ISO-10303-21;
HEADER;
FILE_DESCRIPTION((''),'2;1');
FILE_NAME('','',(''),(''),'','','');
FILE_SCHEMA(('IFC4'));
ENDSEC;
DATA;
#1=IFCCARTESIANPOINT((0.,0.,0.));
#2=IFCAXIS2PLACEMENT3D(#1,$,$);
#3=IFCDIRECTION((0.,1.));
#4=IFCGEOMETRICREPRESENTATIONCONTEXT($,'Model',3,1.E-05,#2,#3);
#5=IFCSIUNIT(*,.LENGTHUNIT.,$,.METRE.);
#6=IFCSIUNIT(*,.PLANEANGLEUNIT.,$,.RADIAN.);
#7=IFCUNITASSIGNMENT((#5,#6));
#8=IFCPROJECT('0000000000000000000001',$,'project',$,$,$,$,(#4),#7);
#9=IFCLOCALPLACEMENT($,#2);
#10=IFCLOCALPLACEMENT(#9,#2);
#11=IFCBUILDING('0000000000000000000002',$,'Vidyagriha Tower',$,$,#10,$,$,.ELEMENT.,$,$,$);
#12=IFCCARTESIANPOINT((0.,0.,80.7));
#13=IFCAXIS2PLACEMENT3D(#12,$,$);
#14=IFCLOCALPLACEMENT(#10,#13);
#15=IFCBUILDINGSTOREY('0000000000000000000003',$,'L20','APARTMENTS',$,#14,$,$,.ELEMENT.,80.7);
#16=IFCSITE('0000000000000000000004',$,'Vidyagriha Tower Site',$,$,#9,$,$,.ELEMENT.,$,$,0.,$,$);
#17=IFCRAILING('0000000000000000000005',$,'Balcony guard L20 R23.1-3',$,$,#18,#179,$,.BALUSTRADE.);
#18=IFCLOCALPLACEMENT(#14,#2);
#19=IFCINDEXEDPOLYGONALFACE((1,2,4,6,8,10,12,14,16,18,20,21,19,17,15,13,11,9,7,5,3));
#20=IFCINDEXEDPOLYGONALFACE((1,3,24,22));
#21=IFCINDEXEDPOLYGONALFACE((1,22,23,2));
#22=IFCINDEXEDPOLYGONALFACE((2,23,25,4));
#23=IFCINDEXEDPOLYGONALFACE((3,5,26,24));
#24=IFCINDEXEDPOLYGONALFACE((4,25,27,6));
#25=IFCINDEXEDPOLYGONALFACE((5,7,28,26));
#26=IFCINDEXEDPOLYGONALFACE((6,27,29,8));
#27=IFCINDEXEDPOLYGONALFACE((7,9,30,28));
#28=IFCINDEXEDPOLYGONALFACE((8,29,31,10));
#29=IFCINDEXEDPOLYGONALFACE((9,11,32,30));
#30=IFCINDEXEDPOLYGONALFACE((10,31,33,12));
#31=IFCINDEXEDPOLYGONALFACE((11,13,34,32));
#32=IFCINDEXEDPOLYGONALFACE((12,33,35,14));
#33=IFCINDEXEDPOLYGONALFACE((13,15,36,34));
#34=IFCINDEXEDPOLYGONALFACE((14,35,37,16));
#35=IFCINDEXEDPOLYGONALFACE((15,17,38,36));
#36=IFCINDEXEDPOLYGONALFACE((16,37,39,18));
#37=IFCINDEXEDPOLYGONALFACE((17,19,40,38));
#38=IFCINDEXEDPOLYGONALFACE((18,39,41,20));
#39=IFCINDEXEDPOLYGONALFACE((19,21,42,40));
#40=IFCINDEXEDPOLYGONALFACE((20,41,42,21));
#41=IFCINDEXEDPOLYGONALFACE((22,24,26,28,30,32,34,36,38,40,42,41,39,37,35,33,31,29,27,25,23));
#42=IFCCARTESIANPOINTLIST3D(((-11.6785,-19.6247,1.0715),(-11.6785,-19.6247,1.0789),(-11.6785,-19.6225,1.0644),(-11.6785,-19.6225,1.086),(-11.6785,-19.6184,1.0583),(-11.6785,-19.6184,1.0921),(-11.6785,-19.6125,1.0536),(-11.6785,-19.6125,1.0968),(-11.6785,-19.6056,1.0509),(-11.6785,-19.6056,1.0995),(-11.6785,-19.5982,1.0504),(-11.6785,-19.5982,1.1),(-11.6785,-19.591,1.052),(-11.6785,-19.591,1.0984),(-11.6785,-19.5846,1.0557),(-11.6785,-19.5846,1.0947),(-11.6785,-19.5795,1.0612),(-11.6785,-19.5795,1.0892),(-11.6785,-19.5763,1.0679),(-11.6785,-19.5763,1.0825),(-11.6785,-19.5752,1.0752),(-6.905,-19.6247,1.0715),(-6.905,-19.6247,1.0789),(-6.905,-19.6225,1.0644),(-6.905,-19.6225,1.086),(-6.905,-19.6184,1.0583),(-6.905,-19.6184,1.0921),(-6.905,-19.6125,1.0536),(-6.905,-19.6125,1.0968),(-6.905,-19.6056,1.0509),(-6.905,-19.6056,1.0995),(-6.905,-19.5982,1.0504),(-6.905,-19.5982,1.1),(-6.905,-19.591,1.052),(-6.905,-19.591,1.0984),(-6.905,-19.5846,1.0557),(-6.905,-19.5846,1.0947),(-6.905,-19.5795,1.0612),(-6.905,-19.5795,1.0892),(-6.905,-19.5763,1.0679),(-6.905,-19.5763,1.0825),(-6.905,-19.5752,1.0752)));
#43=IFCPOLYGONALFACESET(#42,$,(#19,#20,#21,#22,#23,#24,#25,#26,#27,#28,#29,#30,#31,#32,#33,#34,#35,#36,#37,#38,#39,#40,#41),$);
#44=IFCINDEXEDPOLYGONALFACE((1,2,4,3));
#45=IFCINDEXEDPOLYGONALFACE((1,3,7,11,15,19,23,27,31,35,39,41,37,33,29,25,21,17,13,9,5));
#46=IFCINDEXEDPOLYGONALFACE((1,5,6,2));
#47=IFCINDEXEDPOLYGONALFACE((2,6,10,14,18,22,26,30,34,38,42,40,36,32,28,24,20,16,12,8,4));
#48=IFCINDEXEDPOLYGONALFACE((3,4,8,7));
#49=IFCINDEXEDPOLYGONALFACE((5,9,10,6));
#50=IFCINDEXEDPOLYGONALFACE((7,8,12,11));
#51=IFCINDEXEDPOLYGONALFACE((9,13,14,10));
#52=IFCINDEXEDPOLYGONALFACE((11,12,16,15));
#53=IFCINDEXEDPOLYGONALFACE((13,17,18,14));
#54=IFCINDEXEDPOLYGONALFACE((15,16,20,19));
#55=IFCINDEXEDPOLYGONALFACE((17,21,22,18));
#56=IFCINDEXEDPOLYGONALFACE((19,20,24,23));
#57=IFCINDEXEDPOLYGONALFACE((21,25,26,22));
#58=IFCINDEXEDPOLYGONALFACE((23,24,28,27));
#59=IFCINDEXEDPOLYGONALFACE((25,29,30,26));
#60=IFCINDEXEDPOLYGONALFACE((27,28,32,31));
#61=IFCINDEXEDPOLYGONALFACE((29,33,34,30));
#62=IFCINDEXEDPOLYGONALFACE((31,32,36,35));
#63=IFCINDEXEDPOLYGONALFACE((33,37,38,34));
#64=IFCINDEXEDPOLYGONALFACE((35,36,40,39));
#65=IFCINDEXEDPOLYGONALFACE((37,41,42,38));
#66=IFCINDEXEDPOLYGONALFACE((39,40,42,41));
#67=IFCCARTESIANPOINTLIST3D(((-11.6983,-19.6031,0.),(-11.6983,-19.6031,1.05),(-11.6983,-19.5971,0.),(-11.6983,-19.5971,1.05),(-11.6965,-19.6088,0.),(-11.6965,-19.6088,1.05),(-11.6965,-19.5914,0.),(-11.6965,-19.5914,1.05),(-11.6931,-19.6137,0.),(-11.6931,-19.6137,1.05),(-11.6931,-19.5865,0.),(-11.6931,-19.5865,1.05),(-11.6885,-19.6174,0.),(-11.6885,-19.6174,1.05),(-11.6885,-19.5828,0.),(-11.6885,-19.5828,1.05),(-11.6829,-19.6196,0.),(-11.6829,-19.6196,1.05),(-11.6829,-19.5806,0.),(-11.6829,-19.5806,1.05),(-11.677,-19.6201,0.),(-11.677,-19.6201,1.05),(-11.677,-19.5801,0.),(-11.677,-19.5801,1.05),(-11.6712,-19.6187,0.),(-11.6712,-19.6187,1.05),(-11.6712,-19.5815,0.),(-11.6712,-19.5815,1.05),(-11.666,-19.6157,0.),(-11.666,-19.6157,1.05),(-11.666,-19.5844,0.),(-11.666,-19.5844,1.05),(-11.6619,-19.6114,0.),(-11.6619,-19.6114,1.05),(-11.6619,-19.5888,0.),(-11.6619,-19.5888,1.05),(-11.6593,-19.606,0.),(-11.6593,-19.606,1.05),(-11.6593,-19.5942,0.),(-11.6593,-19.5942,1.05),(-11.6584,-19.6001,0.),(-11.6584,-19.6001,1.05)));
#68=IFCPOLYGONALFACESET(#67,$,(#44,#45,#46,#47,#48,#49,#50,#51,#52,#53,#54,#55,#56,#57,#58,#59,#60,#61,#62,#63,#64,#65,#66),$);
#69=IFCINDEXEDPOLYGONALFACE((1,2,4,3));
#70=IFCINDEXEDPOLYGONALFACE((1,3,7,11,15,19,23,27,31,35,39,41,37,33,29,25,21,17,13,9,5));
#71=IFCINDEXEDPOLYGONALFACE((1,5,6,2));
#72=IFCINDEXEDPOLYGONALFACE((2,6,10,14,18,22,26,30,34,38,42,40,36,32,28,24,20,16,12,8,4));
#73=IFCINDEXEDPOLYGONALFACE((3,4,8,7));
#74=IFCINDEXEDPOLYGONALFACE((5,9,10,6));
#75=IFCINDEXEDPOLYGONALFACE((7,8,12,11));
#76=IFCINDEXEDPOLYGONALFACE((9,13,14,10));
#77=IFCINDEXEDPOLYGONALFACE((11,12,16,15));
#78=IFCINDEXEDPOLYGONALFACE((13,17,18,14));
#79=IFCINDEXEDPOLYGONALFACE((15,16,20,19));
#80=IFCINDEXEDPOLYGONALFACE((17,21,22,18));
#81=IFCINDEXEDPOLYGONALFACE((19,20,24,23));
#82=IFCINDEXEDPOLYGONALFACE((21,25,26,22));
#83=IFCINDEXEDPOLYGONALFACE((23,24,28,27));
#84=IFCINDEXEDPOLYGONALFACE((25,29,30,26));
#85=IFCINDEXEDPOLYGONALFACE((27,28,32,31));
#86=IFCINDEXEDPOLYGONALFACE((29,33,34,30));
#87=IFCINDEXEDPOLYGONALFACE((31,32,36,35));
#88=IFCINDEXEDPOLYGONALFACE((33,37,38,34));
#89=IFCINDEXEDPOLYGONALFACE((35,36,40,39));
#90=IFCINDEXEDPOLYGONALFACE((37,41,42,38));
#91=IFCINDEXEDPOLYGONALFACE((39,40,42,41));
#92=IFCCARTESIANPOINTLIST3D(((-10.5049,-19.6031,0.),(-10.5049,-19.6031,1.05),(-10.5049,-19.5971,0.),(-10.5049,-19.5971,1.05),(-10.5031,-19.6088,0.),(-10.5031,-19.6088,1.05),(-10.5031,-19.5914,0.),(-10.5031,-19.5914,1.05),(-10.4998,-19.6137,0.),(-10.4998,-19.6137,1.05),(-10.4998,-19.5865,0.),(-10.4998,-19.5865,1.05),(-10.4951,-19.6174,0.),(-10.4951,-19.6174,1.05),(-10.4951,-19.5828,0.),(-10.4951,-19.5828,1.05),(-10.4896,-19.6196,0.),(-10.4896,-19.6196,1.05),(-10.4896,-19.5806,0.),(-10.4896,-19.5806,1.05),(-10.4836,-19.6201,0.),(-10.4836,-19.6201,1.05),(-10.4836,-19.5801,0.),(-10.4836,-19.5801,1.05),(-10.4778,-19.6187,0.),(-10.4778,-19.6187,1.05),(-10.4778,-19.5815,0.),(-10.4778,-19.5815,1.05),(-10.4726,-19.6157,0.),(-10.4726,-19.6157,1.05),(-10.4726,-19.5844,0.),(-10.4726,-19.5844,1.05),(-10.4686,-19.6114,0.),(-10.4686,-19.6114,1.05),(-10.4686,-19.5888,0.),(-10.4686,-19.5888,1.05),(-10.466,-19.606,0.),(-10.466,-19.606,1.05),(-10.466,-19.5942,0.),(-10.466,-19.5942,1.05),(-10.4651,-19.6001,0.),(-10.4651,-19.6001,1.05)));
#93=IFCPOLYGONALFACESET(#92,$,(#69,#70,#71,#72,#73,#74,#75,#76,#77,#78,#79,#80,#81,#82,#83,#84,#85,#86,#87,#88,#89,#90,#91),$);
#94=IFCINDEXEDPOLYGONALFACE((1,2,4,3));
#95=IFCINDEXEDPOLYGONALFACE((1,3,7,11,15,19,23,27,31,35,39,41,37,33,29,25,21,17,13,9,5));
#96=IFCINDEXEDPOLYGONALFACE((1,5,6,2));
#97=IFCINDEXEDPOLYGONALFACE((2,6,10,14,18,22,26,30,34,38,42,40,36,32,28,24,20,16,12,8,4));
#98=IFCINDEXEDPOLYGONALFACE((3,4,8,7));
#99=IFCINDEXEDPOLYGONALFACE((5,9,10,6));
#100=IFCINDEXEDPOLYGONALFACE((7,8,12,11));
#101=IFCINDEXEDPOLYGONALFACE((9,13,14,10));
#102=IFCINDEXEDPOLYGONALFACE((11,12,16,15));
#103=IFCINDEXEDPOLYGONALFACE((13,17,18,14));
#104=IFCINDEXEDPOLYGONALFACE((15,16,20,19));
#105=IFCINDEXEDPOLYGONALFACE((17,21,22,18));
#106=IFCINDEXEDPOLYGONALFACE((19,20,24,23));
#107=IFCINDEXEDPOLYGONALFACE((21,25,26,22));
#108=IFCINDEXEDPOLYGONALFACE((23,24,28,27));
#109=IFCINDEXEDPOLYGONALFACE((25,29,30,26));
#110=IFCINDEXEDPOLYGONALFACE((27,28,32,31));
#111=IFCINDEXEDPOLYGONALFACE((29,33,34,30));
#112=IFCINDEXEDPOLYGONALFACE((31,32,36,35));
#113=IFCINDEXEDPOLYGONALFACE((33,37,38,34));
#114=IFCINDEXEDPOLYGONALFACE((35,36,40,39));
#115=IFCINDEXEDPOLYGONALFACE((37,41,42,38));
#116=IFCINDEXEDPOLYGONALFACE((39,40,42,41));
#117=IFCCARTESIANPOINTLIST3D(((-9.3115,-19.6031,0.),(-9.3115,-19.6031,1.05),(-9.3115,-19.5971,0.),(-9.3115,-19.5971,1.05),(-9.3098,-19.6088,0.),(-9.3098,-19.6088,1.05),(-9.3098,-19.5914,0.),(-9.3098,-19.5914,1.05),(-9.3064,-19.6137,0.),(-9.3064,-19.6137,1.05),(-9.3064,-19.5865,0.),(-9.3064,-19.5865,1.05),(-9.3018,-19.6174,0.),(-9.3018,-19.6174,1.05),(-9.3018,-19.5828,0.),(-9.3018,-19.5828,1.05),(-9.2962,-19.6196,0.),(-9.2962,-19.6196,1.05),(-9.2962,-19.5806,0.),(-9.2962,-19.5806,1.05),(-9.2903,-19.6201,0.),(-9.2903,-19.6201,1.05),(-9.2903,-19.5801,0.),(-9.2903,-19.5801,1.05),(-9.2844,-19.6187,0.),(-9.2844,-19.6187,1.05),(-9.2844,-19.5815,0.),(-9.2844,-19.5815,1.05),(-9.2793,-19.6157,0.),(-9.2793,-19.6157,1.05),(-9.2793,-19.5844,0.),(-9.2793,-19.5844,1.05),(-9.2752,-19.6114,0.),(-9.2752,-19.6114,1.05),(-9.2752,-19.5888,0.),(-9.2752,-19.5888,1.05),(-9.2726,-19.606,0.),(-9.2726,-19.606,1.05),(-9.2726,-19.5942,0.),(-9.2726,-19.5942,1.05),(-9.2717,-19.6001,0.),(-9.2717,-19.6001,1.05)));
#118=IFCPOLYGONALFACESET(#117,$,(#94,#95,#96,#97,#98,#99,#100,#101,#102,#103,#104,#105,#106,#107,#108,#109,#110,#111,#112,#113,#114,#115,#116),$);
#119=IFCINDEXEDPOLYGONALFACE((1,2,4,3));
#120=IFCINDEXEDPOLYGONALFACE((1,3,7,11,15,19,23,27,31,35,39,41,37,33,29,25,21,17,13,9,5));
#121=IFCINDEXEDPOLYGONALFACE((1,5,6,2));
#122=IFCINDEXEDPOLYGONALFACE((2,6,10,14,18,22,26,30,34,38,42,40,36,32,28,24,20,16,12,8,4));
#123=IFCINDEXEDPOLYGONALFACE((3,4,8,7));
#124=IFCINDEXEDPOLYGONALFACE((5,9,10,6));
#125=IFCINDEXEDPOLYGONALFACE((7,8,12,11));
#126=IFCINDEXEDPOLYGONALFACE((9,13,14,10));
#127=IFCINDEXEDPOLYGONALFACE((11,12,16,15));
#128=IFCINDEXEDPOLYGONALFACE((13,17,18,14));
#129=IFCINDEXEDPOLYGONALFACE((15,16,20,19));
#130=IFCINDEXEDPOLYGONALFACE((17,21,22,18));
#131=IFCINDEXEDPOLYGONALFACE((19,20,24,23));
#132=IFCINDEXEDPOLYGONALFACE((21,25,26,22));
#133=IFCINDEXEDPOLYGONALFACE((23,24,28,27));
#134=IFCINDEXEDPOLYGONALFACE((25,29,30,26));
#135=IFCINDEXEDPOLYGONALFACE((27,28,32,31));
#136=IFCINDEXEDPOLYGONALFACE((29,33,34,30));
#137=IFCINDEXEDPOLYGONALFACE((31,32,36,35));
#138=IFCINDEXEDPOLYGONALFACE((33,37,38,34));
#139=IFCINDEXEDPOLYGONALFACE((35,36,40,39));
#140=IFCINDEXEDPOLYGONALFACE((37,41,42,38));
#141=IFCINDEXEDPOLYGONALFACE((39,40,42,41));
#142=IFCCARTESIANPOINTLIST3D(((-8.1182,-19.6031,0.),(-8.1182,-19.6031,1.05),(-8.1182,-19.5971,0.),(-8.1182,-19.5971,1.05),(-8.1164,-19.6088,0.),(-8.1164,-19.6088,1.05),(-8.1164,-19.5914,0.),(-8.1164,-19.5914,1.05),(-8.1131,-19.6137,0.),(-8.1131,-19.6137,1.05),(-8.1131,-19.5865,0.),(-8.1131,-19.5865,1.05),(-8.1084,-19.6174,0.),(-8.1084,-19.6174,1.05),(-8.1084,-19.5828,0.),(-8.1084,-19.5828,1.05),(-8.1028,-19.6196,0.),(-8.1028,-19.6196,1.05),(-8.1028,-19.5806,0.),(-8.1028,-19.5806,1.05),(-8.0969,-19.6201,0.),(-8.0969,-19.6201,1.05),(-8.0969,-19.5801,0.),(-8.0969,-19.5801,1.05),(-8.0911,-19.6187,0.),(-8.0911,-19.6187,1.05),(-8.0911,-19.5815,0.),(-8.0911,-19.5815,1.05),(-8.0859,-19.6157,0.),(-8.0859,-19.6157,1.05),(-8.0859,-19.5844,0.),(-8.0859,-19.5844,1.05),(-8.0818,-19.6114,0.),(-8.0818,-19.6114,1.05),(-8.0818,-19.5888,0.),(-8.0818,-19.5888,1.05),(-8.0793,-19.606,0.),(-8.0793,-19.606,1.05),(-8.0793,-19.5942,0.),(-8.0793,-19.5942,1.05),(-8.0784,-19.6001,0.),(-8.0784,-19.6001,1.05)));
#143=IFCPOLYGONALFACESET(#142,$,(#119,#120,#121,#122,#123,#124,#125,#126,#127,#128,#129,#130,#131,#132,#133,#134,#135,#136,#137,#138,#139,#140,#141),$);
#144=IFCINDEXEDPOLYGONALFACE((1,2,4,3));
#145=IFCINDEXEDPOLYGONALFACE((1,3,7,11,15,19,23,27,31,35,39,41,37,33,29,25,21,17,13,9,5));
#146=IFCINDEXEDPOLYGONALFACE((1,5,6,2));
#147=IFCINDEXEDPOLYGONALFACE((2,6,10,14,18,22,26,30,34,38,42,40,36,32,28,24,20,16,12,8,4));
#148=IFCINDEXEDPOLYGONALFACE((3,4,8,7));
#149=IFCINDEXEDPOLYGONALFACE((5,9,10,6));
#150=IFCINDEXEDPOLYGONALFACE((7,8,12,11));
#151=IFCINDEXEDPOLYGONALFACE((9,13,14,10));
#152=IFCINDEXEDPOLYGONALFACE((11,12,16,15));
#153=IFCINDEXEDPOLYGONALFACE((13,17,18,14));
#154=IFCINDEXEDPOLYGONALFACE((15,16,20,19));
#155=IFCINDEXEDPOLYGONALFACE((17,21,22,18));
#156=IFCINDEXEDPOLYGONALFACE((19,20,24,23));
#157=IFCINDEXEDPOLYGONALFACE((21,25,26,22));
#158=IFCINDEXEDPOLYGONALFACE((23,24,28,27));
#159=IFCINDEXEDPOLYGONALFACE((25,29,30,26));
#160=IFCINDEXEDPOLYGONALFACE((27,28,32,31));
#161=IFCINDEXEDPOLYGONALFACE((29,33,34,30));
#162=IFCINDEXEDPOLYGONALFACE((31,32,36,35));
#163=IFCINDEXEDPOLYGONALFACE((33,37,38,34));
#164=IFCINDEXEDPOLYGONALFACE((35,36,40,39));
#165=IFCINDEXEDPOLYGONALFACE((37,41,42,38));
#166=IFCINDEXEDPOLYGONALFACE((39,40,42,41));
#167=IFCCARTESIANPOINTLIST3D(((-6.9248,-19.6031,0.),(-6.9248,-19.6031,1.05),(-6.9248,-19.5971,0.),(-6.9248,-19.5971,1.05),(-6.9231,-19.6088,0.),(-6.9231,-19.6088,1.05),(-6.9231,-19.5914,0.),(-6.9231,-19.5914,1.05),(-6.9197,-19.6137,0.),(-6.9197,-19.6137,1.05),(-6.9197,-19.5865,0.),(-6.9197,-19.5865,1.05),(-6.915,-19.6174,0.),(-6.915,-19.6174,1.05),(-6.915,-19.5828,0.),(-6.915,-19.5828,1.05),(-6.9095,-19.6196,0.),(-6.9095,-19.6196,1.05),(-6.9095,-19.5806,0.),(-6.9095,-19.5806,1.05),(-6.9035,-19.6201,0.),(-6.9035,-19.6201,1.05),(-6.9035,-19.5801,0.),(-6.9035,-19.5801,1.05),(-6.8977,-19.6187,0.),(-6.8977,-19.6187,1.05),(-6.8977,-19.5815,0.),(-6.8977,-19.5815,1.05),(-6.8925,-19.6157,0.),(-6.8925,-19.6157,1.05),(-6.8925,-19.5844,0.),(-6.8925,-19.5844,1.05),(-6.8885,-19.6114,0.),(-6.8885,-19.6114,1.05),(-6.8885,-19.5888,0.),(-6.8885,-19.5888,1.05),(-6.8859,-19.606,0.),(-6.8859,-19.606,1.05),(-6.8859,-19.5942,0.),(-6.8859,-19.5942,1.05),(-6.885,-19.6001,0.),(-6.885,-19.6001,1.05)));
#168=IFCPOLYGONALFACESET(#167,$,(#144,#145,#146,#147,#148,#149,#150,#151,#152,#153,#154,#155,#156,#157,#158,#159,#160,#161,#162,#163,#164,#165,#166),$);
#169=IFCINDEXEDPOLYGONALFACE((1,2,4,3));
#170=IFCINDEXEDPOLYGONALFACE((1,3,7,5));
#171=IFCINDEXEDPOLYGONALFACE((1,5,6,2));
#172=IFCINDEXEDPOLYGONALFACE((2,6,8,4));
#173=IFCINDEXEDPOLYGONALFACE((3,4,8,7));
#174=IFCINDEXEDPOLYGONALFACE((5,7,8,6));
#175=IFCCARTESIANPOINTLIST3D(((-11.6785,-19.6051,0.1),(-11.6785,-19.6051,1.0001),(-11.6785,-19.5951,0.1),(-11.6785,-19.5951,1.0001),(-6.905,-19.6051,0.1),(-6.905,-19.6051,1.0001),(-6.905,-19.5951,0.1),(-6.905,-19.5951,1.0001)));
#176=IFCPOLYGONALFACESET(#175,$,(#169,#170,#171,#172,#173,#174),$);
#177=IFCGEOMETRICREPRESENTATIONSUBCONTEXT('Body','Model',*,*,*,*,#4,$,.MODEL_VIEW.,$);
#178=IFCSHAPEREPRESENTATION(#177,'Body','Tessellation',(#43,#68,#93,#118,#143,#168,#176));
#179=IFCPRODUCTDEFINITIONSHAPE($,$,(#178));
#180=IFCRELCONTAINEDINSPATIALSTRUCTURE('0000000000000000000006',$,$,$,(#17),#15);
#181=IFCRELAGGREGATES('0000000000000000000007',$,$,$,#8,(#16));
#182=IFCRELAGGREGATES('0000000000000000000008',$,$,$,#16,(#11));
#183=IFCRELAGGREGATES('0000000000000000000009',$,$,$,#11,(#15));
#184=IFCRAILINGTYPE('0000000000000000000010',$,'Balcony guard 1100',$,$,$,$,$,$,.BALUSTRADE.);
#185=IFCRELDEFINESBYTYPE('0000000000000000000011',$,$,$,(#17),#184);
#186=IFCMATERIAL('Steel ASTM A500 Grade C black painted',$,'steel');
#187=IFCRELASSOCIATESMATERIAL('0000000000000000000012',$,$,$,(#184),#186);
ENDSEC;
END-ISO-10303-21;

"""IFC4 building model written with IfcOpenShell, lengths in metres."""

from ifc_helpers import new_model, si_unit, direction, frame, origin, origin_2d, place, context, subcontext, project, spatial, rectangle, circle, extrude, material, type_object, element, save


model = new_model("IFC4")

# Units and contexts
model_context = context("Model", 3, precision=1e-05, world=origin(), true_north=direction((0.0, 1.0)))
body_context = subcontext(model_context, "Body", "Model", "MODEL_VIEW")
ifc_project = project(units=[si_unit("LENGTHUNIT", "METRE"), si_unit("PLANEANGLEUNIT", "RADIAN")], contexts=[model_context])

# Site, building, storey
site_placement = place(None, origin())
site = spatial("IfcSite", under=ifc_project, at=site_placement, Name="Vidyagriha Tower Site", CompositionType="ELEMENT", RefElevation=0.0)
building_placement = place(site_placement, origin())
building = spatial("IfcBuilding", under=site, at=building_placement, Name="Vidyagriha Tower", CompositionType="ELEMENT")
storey_placement = place(building_placement, frame((0.0, 0.0, 80.7)))
storey = spatial("IfcBuildingStorey", under=building, at=storey_placement, Name="L20", Description="APARTMENTS", CompositionType="ELEMENT", Elevation=80.7)

# Railing
ifc_material_1 = material(Name="Steel ASTM A500 Grade C black painted", Category="steel")
railing_type = type_object("IfcRailingType", Name="Balcony guard 1100", PredefinedType="BALUSTRADE", material=ifc_material_1)
railing_1_placement = place(storey_placement, frame((-11.6785, -19.6001, 0.0)))
element("IfcRailing", 1, at=railing_1_placement, inside=storey, type_object=railing_type, Name="Balcony guard L20 R23.1-3", PredefinedType="BALUSTRADE", context=body_context, shape_type="SweptSolid", body=[
    extrude(circle(Radius=0.0249, at=origin_2d()), frame((0.0, 0.0, 1.0752), z_axis=(1.0, 0.0, 0.0), x_axis=(0.0, 1.0, 0.0)), (0.0, 0.0, 1.0), 4.7734),
    extrude(circle(Radius=0.02, at=origin_2d()), origin(), (0.0, 0.0, 1.0), 1.05),
    extrude(circle(Radius=0.02, at=origin_2d()), frame((1.1934, 0.0, 0.0)), (0.0, 0.0, 1.0), 1.05),
    extrude(circle(Radius=0.02, at=origin_2d()), frame((2.3867, 0.0, 0.0)), (0.0, 0.0, 1.0), 1.05),
    extrude(circle(Radius=0.02, at=origin_2d()), frame((3.5801, 0.0, 0.0)), (0.0, 0.0, 1.0), 1.05),
    extrude(circle(Radius=0.02, at=origin_2d()), frame((4.7734, 0.0, 0.0)), (0.0, 0.0, 1.0), 1.05),
    extrude(rectangle(XDim=0.01, YDim=0.9001, at=origin_2d()), frame((0.0, 0.0, 0.55), z_axis=(1.0, 0.0, 0.0), x_axis=(0.0, 1.0, 0.0)), (0.0, 0.0, 1.0), 4.7734),
])

save(model, "model.ifc")
